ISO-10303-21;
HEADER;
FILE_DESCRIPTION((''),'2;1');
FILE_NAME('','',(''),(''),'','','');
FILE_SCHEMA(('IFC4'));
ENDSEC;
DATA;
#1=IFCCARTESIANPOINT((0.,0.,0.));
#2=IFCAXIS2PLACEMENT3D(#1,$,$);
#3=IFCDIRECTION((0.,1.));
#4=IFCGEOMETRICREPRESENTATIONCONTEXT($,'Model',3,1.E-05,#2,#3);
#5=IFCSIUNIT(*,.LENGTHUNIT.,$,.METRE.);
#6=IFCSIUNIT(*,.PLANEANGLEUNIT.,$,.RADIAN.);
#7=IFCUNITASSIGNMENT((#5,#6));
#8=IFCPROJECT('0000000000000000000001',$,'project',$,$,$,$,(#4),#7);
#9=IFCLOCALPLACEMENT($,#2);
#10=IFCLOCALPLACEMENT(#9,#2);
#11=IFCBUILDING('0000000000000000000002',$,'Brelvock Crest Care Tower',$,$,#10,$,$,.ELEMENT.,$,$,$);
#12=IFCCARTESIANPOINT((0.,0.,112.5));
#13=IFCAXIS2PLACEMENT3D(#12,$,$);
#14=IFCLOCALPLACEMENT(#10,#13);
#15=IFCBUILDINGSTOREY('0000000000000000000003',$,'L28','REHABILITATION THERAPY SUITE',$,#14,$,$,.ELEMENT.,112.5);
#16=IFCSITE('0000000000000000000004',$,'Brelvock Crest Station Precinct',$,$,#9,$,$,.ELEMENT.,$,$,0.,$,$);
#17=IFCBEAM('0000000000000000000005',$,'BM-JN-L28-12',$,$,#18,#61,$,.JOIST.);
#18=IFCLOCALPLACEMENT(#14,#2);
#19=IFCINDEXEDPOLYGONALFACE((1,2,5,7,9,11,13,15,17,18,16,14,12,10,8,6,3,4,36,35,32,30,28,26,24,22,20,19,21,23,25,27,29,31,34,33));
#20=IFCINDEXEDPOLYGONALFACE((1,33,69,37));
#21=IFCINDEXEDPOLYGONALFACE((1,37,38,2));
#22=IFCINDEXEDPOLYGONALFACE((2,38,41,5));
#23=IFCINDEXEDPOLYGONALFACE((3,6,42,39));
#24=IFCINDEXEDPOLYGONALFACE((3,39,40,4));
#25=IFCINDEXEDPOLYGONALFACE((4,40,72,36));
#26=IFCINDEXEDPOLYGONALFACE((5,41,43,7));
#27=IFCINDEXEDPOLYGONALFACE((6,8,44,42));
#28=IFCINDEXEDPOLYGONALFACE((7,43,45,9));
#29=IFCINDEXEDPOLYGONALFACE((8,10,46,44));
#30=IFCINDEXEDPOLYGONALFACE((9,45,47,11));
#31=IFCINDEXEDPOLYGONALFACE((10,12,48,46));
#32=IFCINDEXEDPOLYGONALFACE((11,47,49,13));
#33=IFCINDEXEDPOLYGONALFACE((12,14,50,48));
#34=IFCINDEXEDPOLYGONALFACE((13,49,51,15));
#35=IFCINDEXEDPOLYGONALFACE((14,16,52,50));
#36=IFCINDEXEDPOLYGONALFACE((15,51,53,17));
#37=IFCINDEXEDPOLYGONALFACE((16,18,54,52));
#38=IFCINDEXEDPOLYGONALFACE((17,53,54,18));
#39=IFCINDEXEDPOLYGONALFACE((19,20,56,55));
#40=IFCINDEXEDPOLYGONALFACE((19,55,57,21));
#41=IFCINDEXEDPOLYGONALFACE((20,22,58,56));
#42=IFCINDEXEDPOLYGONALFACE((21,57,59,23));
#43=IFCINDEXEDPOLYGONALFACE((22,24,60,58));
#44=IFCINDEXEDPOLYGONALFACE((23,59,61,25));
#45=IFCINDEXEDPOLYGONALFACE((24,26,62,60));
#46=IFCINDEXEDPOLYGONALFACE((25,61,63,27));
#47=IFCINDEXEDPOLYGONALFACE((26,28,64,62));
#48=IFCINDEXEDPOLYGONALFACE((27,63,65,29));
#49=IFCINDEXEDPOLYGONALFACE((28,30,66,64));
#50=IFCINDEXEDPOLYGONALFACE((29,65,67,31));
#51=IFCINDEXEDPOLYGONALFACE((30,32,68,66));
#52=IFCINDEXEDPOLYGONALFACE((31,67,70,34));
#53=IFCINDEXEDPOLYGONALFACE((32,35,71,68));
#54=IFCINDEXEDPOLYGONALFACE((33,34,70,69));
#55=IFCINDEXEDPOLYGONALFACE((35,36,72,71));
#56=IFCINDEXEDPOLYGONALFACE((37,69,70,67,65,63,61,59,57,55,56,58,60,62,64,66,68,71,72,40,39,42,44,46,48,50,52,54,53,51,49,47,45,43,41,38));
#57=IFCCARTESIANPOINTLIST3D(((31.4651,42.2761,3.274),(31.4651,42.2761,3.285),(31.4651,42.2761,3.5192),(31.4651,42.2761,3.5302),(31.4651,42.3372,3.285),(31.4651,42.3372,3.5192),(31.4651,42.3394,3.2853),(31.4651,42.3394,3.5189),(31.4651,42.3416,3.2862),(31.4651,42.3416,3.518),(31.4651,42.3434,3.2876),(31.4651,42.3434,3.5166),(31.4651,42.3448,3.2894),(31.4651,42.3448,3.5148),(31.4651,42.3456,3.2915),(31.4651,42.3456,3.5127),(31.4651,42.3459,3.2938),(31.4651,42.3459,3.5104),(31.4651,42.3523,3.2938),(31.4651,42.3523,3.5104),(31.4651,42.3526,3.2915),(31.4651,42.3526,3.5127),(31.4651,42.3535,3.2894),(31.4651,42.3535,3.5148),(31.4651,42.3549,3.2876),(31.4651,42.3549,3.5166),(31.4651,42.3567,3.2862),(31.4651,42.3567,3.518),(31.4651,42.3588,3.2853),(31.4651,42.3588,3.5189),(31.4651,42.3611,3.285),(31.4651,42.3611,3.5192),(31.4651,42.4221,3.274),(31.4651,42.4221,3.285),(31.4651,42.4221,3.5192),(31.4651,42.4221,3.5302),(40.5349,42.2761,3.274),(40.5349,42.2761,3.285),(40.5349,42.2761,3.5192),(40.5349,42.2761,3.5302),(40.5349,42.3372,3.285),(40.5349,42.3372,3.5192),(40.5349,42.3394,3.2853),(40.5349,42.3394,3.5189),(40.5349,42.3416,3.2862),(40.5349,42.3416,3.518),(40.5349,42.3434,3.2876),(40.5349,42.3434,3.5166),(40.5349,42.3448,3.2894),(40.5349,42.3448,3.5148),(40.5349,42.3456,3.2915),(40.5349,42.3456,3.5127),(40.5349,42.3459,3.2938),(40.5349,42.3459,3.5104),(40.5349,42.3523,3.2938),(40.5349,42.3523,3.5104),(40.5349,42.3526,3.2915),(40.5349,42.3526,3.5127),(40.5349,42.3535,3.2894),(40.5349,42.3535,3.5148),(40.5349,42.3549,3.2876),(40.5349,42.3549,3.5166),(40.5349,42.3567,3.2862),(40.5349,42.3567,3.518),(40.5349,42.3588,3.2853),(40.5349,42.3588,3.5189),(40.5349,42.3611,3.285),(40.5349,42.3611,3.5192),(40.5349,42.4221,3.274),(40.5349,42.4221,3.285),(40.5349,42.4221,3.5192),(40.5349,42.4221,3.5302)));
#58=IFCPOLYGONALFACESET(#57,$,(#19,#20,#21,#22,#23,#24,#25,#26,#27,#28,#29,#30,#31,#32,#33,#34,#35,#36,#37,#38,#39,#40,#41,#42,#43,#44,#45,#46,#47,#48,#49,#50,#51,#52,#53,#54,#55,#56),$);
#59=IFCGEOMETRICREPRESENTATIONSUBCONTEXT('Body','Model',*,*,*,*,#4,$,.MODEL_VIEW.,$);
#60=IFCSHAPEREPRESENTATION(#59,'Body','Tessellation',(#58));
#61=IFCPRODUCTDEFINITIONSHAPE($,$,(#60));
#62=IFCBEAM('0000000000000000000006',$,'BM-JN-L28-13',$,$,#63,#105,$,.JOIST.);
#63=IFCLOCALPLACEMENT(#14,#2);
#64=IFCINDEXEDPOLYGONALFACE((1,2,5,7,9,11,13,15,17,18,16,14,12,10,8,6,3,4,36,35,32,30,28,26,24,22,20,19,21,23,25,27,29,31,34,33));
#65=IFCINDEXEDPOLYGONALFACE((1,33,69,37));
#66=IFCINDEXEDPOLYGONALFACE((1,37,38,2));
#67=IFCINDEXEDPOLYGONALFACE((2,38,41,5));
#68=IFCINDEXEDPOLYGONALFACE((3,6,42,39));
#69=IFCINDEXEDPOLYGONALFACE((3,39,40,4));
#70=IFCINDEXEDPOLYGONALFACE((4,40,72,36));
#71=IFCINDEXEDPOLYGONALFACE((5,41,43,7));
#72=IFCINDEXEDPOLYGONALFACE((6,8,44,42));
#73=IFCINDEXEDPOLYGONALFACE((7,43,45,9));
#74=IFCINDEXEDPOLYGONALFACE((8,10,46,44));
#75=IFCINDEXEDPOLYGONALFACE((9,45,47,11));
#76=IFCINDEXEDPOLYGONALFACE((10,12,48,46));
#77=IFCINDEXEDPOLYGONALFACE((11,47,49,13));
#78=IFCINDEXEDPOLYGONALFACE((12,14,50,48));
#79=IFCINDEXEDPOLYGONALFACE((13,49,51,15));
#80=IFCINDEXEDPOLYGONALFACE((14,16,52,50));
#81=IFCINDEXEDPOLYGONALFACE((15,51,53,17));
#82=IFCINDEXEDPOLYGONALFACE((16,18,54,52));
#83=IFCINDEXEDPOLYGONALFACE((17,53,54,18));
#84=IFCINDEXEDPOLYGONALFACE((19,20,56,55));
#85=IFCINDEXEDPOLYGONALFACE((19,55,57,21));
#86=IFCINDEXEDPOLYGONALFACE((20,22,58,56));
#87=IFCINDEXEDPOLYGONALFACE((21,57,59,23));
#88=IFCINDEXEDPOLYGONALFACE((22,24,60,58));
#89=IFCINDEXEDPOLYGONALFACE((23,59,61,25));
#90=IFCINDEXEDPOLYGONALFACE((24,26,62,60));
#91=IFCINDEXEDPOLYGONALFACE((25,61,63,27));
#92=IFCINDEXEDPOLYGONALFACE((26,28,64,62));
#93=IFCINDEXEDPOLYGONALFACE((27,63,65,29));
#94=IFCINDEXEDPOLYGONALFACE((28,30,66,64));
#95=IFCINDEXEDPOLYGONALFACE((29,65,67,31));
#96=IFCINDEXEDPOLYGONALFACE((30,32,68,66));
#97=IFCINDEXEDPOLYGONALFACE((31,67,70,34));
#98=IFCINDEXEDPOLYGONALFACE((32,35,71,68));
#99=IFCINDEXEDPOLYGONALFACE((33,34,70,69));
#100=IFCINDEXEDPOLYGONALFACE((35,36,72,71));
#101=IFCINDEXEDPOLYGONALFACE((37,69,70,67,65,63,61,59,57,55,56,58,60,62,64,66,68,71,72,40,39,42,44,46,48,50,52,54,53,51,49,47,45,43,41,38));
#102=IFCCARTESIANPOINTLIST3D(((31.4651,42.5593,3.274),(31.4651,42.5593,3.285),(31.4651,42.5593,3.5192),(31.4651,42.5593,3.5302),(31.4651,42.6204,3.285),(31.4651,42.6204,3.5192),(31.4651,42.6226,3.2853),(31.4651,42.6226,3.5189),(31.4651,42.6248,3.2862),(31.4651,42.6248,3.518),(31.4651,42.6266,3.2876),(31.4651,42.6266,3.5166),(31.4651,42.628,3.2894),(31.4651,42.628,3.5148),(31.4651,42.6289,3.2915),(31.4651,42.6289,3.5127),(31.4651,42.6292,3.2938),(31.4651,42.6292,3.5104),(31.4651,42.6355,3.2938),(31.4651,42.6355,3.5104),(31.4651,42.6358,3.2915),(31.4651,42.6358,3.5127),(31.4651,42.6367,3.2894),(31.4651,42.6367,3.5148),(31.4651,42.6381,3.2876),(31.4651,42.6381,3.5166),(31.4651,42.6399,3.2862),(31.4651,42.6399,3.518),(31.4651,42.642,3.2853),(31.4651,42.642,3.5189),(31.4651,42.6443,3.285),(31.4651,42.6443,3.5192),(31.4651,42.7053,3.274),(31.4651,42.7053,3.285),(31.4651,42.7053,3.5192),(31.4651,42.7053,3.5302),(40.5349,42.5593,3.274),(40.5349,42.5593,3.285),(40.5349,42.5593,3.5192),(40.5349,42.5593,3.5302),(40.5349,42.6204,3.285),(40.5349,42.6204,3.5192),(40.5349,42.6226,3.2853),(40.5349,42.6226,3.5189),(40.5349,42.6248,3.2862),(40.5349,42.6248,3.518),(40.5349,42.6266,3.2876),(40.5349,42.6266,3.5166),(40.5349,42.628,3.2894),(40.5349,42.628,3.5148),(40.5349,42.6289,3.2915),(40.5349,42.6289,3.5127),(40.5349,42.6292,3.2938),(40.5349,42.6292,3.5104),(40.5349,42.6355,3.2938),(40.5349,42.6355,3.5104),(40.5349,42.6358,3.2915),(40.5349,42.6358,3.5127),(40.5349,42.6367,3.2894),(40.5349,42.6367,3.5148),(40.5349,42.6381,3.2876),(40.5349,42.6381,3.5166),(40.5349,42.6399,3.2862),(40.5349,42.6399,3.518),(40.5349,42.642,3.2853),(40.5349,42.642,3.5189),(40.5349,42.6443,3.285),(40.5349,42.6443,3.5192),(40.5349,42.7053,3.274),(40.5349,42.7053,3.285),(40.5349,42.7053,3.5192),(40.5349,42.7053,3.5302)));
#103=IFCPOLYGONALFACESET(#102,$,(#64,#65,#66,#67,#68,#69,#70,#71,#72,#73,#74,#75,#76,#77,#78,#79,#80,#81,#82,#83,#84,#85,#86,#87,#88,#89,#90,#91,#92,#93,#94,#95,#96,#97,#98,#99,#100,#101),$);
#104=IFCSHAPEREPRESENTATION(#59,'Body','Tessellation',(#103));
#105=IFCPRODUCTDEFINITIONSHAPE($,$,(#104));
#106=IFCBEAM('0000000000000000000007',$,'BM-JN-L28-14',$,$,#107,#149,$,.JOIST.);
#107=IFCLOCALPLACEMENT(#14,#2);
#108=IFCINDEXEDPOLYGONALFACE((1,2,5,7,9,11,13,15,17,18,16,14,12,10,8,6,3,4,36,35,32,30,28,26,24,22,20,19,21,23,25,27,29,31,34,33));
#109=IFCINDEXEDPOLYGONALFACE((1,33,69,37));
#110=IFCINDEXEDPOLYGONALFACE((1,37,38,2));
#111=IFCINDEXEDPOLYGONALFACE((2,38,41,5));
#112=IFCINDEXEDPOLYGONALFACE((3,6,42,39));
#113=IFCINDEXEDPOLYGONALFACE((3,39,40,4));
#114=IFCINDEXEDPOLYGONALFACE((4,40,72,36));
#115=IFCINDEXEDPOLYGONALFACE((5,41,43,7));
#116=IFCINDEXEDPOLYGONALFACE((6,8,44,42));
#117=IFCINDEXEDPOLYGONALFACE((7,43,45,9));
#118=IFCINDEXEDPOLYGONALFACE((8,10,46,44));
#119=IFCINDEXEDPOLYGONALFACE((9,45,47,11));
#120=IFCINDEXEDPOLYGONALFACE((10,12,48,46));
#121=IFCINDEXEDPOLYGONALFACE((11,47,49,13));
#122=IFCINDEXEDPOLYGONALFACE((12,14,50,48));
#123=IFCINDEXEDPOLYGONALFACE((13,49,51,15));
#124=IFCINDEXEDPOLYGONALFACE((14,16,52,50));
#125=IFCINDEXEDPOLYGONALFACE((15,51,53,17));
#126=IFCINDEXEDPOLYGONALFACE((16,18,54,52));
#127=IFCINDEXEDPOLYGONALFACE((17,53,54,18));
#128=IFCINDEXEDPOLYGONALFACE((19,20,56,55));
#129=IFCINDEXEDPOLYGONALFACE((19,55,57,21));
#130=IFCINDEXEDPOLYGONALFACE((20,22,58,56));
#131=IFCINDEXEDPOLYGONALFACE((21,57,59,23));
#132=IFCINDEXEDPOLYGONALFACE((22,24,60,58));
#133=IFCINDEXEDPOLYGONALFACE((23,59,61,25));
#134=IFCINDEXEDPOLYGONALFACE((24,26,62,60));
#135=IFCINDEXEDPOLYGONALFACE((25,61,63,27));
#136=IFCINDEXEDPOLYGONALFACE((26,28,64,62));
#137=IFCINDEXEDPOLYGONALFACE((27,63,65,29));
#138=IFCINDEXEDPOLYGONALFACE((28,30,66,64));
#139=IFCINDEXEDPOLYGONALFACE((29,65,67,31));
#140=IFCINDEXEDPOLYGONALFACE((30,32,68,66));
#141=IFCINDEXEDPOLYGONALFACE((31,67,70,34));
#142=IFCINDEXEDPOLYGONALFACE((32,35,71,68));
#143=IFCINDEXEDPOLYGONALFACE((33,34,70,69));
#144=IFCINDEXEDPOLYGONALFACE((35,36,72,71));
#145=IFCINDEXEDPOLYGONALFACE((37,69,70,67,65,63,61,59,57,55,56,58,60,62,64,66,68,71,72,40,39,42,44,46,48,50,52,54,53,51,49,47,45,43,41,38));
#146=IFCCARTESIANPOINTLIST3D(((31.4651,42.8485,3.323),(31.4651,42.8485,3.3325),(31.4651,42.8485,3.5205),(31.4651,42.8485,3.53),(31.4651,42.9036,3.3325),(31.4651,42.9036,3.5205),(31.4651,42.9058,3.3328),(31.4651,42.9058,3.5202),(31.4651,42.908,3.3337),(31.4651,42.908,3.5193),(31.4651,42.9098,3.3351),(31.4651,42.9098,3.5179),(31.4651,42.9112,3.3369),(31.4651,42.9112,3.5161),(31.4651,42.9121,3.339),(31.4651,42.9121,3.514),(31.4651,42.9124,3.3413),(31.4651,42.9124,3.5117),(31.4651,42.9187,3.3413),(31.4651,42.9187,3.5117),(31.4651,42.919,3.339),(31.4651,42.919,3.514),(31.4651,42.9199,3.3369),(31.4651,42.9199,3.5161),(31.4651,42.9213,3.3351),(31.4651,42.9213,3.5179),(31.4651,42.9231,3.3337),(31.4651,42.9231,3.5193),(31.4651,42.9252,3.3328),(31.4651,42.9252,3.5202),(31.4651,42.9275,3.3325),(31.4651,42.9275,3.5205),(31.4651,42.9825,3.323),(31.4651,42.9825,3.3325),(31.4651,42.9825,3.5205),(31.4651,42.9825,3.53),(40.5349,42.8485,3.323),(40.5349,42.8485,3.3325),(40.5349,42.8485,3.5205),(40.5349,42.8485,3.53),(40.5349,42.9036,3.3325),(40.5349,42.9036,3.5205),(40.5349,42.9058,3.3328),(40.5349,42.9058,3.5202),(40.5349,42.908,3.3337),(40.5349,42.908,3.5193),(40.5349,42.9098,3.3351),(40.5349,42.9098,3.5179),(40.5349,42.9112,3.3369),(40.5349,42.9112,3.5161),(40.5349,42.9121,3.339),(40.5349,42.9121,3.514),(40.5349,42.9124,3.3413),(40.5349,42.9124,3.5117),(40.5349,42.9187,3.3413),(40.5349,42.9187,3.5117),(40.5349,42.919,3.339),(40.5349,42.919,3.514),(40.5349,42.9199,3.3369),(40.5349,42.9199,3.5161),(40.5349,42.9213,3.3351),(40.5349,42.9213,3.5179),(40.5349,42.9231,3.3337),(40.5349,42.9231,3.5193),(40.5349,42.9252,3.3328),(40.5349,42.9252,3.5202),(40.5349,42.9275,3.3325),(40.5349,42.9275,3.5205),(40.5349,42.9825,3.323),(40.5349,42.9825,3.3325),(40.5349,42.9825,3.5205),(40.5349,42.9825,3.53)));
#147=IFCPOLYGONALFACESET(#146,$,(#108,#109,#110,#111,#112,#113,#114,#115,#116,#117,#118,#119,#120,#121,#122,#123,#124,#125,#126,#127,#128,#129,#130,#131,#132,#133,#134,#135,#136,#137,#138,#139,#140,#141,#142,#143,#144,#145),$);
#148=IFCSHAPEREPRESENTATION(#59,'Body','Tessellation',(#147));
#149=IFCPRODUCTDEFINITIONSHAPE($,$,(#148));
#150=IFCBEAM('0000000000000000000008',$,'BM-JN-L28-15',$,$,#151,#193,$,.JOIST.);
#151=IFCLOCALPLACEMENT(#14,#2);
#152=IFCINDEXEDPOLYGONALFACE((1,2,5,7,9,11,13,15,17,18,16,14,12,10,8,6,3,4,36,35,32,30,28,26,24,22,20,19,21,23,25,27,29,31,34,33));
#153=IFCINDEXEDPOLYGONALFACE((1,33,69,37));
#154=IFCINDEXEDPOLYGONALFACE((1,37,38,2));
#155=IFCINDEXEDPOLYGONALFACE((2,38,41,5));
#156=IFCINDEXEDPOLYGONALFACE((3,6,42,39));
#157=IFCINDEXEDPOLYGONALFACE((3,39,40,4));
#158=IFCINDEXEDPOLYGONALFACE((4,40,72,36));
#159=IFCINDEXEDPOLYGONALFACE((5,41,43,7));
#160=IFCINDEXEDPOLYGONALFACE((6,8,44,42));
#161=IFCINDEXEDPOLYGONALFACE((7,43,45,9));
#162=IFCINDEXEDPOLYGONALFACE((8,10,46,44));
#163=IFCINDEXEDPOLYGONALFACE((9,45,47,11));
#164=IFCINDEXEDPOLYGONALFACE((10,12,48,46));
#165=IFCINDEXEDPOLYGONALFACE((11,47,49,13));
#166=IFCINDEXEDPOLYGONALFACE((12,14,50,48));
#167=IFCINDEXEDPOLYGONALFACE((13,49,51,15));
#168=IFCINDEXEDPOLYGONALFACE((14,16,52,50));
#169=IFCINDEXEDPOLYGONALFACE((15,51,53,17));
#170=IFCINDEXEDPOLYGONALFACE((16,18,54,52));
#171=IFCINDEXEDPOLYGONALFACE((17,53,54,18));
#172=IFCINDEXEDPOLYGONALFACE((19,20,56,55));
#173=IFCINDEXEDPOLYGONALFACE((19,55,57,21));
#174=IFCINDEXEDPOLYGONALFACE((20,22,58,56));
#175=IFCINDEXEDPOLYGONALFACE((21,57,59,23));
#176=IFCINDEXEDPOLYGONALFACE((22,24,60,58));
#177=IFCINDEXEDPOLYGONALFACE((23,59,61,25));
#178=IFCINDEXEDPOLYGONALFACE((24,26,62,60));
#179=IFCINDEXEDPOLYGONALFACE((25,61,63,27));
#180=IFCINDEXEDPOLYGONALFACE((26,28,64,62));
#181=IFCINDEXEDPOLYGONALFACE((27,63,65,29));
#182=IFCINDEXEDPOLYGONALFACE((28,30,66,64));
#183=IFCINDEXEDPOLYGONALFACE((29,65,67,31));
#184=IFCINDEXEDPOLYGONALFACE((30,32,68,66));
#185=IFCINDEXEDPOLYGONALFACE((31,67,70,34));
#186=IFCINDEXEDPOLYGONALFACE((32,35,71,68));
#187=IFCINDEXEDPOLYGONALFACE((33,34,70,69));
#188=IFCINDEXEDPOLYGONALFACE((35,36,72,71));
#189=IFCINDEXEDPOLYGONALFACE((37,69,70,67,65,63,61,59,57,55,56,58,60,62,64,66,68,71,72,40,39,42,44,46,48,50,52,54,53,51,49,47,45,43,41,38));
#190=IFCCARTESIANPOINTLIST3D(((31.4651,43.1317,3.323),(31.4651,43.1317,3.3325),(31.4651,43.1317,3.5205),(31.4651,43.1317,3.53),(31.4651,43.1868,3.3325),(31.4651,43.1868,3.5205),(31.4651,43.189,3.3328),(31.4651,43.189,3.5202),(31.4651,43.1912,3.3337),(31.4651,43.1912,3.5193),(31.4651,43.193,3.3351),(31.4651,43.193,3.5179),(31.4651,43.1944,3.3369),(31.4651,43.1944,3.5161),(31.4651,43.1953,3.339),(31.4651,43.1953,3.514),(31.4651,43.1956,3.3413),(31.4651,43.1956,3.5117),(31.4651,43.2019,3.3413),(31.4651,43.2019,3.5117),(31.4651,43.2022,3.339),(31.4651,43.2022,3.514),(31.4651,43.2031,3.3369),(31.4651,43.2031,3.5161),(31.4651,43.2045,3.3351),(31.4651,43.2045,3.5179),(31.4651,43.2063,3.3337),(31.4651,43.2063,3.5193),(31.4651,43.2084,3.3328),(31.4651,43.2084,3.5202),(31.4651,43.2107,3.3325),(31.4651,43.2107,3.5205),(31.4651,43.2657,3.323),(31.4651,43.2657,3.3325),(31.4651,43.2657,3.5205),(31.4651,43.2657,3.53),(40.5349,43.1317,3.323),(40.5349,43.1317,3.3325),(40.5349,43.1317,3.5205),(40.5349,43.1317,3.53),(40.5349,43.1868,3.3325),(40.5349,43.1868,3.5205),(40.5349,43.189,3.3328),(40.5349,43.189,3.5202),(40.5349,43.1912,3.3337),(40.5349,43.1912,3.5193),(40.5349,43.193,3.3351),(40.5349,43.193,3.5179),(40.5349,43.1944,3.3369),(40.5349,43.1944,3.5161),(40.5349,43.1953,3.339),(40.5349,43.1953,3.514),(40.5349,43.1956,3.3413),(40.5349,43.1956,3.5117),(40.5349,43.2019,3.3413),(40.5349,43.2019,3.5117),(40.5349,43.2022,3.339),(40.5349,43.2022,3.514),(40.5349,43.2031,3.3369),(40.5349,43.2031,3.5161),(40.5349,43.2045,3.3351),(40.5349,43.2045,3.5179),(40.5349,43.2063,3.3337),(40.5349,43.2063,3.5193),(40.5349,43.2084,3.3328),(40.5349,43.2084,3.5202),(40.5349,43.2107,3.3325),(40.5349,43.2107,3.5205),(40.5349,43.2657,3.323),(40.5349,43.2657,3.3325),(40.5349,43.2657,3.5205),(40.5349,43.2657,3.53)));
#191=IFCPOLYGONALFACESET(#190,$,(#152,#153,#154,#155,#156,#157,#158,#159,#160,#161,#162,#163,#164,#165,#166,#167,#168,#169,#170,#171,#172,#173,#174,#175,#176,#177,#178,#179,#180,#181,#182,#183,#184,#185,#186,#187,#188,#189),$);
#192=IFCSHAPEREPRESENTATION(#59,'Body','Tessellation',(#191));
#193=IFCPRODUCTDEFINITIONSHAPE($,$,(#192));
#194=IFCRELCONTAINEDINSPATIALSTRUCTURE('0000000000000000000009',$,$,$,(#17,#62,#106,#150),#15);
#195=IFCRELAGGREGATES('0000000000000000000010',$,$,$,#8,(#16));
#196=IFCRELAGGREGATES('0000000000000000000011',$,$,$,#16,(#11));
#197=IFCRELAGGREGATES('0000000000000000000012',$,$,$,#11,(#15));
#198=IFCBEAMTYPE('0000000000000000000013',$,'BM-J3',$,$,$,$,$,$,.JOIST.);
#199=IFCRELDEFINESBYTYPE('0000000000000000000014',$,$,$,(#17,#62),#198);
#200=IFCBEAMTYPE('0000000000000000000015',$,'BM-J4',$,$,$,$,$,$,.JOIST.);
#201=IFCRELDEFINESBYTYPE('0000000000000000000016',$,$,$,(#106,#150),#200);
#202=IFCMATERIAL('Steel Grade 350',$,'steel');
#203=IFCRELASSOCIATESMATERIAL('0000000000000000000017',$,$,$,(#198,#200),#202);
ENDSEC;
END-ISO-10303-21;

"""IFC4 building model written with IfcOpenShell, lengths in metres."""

from ifc_helpers import new_model, si_unit, direction, frame, origin, origin_2d, place, context, subcontext, project, spatial, i_section, extrude, source, transform, mapped, material, material_profile, profile_set, type_object, element, save


model = new_model("IFC4")

# Units and contexts
model_context = context("Model", 3, precision=1e-05, world=origin(), true_north=direction((0.0, 1.0)))
body_context = subcontext(model_context, "Body", "Model", "MODEL_VIEW")
ifc_project = project(units=[si_unit("LENGTHUNIT", "METRE"), si_unit("PLANEANGLEUNIT", "RADIAN")], contexts=[model_context])

# Site, building, storey
site_placement = place(None, origin())
site = spatial("IfcSite", under=ifc_project, at=site_placement, Name="Brelvock Crest Station Precinct", CompositionType="ELEMENT", RefElevation=0.0)
building_placement = place(site_placement, origin())
building = spatial("IfcBuilding", under=site, at=building_placement, Name="Brelvock Crest Care Tower", CompositionType="ELEMENT")
storey_placement = place(building_placement, frame((0.0, 0.0, 112.5)))
storey = spatial("IfcBuildingStorey", under=building, at=storey_placement, Name="L28", Description="REHABILITATION THERAPY SUITE", CompositionType="ELEMENT", Elevation=112.5)

# Shared definitions
ifc_material_1 = material(Name="Steel Grade 350", Category="steel")

# Beams
ifc_material_profile_1 = material_profile(ifc_material_1, i_section(OverallWidth=0.146, OverallDepth=0.2561, WebThickness=0.0063, FlangeThickness=0.011, FilletRadius=0.0088, at=origin_2d()), Name="250UB37.3")
ifc_profile_set_1 = profile_set([ifc_material_profile_1], Name="Steel Grade 350")
beam_type_1 = type_object("IfcBeamType", Name="BM-J3", PredefinedType="JOIST", material=ifc_profile_set_1)
shared_shape_1 = source(origin(), body_context, "Body", "SweptSolid", [
    extrude(i_section(OverallWidth=0.146, OverallDepth=0.2561, WebThickness=0.0063, FlangeThickness=0.011, FilletRadius=0.0088, at=origin_2d()), origin(), (0.0, 0.0, 1.0), 9.0698),
])
for number, where, z_axis, x_axis, name in (
    (1, (31.4651, 42.3491, 3.4021), (1.0, 0.0, 0.0), (0.0, 1.0, 0.0), "BM-JN-L28-12"),
    (2, (31.4651, 42.6323, 3.4021), (1.0, 0.0, 0.0), (0.0, 1.0, 0.0), "BM-JN-L28-13"),
):
    element("IfcBeam", number, at=place(storey_placement, frame(where, z_axis=z_axis, x_axis=x_axis)), inside=storey, type_object=beam_type_1, Name=name, PredefinedType="JOIST", context=body_context, shape_type="MappedRepresentation", body=[
        mapped(shared_shape_1, transform((0.0, 0.0, 0.0), x_axis=(1.0, 0.0, 0.0), y_axis=(0.0, 1.0, 0.0), z_axis=(0.0, 0.0, 1.0), scale=1.0)),
    ])
ifc_material_profile_2 = material_profile(ifc_material_1, i_section(OverallWidth=0.134, OverallDepth=0.207, WebThickness=0.0063, FlangeThickness=0.0095, FilletRadius=0.0088, at=origin_2d()), Name="200UB29.8")
ifc_profile_set_2 = profile_set([ifc_material_profile_2], Name="Steel Grade 350")
beam_type_2 = type_object("IfcBeamType", Name="BM-J4", PredefinedType="JOIST", material=ifc_profile_set_2)
shared_shape_2 = source(origin(), body_context, "Body", "SweptSolid", [
    extrude(i_section(OverallWidth=0.134, OverallDepth=0.207, WebThickness=0.0063, FlangeThickness=0.0095, FilletRadius=0.0088, at=origin_2d()), origin(), (0.0, 0.0, 1.0), 9.0698),
])
for number, where, z_axis, x_axis, name in (
    (3, (31.4651, 42.9155, 3.4265), (1.0, 0.0, 0.0), (0.0, 1.0, 0.0), "BM-JN-L28-14"),
    (4, (31.4651, 43.1987, 3.4265), (1.0, 0.0, 0.0), (0.0, 1.0, 0.0), "BM-JN-L28-15"),
):
    element("IfcBeam", number, at=place(storey_placement, frame(where, z_axis=z_axis, x_axis=x_axis)), inside=storey, type_object=beam_type_2, Name=name, PredefinedType="JOIST", context=body_context, shape_type="MappedRepresentation", body=[
        mapped(shared_shape_2, transform((0.0, 0.0, 0.0), x_axis=(1.0, 0.0, 0.0), y_axis=(0.0, 1.0, 0.0), z_axis=(0.0, 0.0, 1.0), scale=1.0)),
    ])

save(model, "model.ifc")
